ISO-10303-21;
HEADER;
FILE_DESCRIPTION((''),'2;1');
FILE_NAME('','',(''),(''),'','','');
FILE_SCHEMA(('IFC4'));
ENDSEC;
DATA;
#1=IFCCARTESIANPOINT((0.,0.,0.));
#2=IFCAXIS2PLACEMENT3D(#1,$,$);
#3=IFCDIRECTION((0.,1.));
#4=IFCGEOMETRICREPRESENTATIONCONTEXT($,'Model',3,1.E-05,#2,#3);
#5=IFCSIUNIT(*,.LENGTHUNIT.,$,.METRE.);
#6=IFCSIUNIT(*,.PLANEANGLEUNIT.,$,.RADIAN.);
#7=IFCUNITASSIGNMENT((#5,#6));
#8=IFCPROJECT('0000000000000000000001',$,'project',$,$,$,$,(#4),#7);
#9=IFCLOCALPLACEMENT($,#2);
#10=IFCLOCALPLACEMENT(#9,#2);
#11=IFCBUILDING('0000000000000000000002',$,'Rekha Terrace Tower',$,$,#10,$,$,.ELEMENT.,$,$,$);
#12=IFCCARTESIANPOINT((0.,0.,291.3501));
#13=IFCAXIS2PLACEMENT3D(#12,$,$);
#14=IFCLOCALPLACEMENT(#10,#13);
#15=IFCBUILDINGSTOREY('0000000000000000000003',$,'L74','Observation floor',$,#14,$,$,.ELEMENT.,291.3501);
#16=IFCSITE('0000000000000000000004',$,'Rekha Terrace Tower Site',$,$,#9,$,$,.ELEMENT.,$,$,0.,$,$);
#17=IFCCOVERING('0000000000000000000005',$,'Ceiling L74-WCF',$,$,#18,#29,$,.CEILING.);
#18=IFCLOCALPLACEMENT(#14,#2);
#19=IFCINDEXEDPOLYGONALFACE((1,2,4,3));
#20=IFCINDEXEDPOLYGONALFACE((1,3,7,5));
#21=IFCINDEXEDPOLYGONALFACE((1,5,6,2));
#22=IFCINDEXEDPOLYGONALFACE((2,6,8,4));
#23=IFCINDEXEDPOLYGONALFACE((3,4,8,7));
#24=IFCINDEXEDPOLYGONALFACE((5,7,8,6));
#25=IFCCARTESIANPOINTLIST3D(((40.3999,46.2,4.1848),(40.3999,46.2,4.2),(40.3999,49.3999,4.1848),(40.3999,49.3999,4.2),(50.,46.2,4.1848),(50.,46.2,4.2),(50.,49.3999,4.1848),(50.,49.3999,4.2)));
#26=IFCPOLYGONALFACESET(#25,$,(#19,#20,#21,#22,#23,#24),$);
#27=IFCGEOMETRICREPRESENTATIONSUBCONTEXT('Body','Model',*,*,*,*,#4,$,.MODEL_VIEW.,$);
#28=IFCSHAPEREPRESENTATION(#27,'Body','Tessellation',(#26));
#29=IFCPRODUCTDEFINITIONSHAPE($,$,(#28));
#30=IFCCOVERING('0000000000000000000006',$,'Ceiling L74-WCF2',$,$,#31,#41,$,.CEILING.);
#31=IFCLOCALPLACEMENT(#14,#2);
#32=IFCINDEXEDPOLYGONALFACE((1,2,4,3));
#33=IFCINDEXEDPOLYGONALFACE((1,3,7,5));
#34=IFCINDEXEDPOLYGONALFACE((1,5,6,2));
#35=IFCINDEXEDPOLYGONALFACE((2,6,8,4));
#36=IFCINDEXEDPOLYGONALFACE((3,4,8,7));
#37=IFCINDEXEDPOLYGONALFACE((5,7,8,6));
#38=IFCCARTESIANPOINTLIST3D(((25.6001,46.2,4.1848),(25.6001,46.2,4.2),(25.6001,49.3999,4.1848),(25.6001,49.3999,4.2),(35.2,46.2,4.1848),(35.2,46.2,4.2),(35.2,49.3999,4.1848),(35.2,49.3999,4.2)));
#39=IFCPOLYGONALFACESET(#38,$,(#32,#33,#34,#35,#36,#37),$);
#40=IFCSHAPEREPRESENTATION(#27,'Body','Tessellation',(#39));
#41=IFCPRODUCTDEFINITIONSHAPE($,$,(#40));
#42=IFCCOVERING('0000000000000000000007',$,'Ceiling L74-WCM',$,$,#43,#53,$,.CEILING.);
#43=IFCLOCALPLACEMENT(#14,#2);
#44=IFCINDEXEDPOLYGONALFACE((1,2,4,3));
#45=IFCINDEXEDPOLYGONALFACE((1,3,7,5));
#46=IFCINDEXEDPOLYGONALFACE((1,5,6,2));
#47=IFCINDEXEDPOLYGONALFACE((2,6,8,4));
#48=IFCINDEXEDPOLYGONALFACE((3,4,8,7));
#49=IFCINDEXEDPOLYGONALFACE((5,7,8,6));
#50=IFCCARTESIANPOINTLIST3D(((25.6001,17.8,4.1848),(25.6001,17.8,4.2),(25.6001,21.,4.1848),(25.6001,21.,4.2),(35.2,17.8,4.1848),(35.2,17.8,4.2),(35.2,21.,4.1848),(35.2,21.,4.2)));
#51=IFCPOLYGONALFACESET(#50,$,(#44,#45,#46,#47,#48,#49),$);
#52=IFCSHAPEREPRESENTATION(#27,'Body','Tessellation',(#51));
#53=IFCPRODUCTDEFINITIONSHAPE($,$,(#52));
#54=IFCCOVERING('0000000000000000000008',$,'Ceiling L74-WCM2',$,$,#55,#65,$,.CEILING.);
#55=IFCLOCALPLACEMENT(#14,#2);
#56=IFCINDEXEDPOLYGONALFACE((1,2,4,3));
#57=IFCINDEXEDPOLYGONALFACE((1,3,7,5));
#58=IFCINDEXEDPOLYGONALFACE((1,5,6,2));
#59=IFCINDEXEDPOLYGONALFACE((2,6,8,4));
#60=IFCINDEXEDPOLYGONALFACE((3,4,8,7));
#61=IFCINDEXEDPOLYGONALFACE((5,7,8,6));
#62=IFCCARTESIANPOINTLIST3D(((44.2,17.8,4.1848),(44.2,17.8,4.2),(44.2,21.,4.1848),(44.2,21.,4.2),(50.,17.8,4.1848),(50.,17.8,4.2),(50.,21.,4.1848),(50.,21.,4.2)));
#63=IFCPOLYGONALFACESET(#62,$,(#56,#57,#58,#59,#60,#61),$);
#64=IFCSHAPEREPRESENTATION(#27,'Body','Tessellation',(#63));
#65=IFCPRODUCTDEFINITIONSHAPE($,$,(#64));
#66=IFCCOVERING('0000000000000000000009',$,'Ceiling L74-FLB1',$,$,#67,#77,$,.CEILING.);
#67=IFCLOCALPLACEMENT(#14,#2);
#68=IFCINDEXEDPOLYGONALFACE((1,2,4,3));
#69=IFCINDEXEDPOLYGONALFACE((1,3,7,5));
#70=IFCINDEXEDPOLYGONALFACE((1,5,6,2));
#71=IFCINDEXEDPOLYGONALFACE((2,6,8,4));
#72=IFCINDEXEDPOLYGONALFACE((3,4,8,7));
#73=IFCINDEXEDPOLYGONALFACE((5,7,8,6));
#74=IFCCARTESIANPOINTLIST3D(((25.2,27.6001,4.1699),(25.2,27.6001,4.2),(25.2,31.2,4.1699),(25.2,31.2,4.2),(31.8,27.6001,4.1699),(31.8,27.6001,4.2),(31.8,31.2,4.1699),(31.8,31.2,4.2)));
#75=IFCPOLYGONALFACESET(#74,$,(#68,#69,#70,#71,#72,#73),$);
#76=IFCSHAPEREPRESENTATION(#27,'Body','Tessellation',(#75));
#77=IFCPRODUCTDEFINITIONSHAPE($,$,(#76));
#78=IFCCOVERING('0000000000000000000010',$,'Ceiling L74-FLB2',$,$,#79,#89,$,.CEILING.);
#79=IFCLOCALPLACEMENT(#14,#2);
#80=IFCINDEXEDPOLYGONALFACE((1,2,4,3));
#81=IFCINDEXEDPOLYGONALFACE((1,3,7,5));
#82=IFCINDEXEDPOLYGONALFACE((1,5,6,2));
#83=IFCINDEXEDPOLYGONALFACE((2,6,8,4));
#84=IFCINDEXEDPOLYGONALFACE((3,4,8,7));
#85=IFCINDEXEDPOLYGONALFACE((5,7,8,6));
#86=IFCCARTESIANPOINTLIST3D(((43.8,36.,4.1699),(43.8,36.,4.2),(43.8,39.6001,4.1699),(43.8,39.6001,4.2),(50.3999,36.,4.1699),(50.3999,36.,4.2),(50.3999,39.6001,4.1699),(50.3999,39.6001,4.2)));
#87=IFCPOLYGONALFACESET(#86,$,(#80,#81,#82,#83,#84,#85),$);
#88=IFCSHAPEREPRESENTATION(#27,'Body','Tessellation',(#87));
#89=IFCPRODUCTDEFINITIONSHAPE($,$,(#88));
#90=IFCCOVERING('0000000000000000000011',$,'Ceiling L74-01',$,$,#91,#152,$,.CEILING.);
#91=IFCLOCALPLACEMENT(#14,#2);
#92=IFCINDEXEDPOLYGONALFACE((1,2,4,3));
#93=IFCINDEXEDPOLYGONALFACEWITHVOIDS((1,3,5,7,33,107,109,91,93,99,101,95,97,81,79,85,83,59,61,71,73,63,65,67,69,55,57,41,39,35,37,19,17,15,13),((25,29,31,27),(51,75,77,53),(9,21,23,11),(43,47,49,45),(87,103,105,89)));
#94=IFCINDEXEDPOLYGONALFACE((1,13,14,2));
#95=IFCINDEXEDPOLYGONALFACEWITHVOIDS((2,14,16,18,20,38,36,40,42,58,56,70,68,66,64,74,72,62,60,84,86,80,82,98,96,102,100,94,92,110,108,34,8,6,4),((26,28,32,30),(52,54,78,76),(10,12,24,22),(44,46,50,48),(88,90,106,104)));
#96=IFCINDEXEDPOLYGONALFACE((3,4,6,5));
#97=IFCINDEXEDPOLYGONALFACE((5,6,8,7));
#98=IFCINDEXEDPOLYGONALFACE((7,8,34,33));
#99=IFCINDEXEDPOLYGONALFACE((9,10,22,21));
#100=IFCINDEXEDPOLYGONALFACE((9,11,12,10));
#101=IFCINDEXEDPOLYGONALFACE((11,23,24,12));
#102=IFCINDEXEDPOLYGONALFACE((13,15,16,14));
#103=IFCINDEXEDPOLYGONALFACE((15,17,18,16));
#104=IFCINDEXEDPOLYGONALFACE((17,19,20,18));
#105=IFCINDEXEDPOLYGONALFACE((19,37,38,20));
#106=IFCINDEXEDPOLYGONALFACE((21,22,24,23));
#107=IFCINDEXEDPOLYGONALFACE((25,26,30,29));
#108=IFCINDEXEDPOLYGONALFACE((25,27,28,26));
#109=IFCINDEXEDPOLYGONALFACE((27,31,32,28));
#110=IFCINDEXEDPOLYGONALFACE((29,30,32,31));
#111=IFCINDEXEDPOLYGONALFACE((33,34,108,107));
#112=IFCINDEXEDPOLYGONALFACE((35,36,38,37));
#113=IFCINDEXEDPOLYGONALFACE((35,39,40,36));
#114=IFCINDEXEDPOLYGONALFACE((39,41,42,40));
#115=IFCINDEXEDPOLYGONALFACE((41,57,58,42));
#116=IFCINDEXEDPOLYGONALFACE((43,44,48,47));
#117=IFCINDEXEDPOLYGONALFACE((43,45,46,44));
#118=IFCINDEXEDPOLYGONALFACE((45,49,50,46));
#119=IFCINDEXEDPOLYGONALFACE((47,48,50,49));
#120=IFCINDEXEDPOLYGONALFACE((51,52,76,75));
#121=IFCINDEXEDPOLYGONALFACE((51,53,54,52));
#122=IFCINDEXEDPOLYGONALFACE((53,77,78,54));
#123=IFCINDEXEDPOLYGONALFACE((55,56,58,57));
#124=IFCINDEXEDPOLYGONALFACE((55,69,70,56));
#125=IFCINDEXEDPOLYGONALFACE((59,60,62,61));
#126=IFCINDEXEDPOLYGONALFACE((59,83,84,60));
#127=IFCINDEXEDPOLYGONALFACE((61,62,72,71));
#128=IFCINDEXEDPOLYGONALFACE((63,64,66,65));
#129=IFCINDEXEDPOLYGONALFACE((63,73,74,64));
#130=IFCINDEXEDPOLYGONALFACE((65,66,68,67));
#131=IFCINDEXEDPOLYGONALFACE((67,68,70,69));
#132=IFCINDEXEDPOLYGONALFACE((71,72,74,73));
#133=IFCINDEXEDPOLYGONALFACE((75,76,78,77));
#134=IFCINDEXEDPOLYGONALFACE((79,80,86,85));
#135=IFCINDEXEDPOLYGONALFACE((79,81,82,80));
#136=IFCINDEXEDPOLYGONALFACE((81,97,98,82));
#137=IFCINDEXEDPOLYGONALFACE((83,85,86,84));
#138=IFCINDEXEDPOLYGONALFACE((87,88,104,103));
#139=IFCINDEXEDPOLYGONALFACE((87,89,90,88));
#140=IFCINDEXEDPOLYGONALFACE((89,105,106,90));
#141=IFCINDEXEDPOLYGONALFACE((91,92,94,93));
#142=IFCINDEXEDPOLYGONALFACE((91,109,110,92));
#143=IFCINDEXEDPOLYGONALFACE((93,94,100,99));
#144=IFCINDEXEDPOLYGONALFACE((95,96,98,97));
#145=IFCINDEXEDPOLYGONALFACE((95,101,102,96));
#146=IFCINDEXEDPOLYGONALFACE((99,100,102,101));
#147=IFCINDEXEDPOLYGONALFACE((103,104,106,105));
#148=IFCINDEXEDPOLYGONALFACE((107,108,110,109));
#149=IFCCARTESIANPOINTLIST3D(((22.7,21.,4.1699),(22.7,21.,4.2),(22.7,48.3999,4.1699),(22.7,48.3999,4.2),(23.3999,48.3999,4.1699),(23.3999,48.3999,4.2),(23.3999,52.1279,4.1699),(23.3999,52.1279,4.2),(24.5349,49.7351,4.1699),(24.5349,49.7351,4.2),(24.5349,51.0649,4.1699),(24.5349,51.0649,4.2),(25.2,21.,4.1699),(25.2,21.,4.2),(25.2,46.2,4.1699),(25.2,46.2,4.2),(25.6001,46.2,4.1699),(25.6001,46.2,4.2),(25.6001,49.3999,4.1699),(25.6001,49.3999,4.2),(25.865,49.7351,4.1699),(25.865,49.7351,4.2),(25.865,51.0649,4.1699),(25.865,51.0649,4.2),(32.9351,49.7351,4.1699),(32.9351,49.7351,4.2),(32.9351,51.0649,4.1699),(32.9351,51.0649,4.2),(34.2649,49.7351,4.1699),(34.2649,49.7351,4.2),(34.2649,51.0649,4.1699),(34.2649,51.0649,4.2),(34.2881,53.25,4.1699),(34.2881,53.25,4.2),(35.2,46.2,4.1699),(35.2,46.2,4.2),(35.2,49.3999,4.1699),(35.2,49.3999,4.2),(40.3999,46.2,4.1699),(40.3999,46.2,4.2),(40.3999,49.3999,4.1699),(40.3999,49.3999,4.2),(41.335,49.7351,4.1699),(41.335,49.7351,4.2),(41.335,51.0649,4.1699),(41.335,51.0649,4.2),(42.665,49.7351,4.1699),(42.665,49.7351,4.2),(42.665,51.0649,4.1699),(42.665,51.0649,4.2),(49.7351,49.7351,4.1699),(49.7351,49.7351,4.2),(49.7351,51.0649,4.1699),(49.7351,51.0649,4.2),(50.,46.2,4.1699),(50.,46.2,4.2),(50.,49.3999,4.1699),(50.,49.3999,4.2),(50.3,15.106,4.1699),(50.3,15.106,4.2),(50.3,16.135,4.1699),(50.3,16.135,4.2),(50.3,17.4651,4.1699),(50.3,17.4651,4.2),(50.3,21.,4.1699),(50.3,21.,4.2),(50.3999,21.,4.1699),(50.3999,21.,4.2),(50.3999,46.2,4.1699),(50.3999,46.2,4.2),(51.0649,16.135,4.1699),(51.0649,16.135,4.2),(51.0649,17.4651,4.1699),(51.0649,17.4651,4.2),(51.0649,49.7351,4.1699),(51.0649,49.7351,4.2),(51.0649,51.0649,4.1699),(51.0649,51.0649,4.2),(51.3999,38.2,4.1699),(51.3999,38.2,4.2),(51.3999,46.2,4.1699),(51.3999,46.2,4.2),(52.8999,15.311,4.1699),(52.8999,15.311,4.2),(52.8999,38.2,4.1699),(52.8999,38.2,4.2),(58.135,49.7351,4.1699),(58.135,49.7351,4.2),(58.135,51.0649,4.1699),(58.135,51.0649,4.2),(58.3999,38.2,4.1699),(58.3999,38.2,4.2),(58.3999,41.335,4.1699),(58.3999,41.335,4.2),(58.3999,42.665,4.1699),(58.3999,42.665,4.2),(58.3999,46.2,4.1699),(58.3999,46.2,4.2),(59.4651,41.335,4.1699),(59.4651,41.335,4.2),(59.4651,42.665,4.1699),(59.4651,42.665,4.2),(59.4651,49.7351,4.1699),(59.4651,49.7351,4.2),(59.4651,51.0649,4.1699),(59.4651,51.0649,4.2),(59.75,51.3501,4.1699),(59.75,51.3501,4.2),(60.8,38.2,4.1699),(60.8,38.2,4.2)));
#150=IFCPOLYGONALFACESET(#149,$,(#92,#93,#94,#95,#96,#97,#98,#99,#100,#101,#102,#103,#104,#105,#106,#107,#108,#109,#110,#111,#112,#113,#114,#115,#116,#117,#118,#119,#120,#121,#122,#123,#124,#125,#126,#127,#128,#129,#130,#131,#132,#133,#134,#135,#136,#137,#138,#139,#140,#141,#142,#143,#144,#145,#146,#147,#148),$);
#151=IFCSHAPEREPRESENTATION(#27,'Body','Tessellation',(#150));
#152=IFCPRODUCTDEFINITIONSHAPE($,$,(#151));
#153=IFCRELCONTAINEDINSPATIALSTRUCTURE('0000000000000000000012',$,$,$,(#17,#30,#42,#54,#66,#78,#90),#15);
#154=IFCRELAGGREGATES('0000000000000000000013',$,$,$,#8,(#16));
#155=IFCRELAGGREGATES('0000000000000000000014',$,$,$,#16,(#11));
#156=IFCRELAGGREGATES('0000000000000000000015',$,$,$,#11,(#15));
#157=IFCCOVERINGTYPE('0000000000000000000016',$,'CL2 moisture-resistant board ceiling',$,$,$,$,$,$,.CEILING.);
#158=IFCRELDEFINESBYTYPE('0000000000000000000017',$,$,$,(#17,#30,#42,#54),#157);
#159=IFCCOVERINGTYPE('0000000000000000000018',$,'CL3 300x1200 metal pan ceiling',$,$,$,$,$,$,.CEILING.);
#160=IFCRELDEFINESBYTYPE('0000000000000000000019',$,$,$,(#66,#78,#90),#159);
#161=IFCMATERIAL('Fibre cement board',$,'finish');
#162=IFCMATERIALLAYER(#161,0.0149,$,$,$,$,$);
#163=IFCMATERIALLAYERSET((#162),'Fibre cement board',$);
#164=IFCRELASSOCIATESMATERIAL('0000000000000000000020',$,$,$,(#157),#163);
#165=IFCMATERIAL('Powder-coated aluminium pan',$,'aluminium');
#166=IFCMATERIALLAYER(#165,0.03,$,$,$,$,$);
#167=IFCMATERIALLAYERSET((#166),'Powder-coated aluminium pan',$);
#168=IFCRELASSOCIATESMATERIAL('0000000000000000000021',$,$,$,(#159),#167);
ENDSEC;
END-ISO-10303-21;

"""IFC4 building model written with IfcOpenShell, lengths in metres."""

from ifc_helpers import new_model, si_unit, direction, frame, origin, place, context, subcontext, project, spatial, polyline, outline, extrude, material, layer, layer_set, type_object, element, save


model = new_model("IFC4")

# Units and contexts
model_context = context("Model", 3, precision=1e-05, world=origin(), true_north=direction((0.0, 1.0)))
body_context = subcontext(model_context, "Body", "Model", "MODEL_VIEW")
ifc_project = project(units=[si_unit("LENGTHUNIT", "METRE"), si_unit("PLANEANGLEUNIT", "RADIAN")], contexts=[model_context])

# Site, building, storey
site_placement = place(None, origin())
site = spatial("IfcSite", under=ifc_project, at=site_placement, Name="Rekha Terrace Tower Site", CompositionType="ELEMENT", RefElevation=0.0)
building_placement = place(site_placement, origin())
building = spatial("IfcBuilding", under=site, at=building_placement, Name="Rekha Terrace Tower", CompositionType="ELEMENT")
storey_placement = place(building_placement, frame((0.0, 0.0, 291.3501)))
storey = spatial("IfcBuildingStorey", under=building, at=storey_placement, Name="L74", Description="Observation floor", CompositionType="ELEMENT", Elevation=291.3501)

# Coverings
ifc_material_1 = material(Name="Fibre cement board", Category="finish")
ifc_layer_1 = layer(ifc_material_1, 0.0149)
ifc_layer_set_1 = layer_set([ifc_layer_1], Name="Fibre cement board")
covering_type_1 = type_object("IfcCoveringType", Name="CL2 moisture-resistant board ceiling", PredefinedType="CEILING", material=ifc_layer_set_1)
covering_1_placement = place(storey_placement, frame((0.0, 0.0, 4.1848)))
element("IfcCovering", 1, at=covering_1_placement, inside=storey, type_object=covering_type_1, Name="Ceiling L74-WCF", PredefinedType="CEILING", context=body_context, shape_type="SweptSolid", body=[
    extrude(outline(polyline([(50.0, 49.3999), (40.3999, 49.3999), (40.3999, 46.2), (50.0, 46.2), (50.0, 49.3999)])), origin(), (0.0, 0.0, 1.0), 0.0151),
])
covering_2_placement = place(storey_placement, frame((0.0, 0.0, 4.1848)))
element("IfcCovering", 2, at=covering_2_placement, inside=storey, type_object=covering_type_1, Name="Ceiling L74-WCF2", PredefinedType="CEILING", context=body_context, shape_type="SweptSolid", body=[
    extrude(outline(polyline([(35.2, 49.3999), (25.6001, 49.3999), (25.6001, 46.2), (35.2, 46.2), (35.2, 49.3999)])), origin(), (0.0, 0.0, 1.0), 0.0151),
])
covering_3_placement = place(storey_placement, frame((0.0, 0.0, 4.1848)))
element("IfcCovering", 3, at=covering_3_placement, inside=storey, type_object=covering_type_1, Name="Ceiling L74-WCM", PredefinedType="CEILING", context=body_context, shape_type="SweptSolid", body=[
    extrude(outline(polyline([(35.2, 21.0), (25.6001, 21.0), (25.6001, 17.8), (35.2, 17.8), (35.2, 21.0)])), origin(), (0.0, 0.0, 1.0), 0.0151),
])
covering_4_placement = place(storey_placement, frame((0.0, 0.0, 4.1848)))
element("IfcCovering", 4, at=covering_4_placement, inside=storey, type_object=covering_type_1, Name="Ceiling L74-WCM2", PredefinedType="CEILING", context=body_context, shape_type="SweptSolid", body=[
    extrude(outline(polyline([(50.0, 21.0), (44.2, 21.0), (44.2, 17.8), (50.0, 17.8), (50.0, 21.0)])), origin(), (0.0, 0.0, 1.0), 0.0151),
])
ifc_material_2 = material(Name="Powder-coated aluminium pan", Category="aluminium")
ifc_layer_2 = layer(ifc_material_2, 0.03)
ifc_layer_set_2 = layer_set([ifc_layer_2], Name="Powder-coated aluminium pan")
covering_type_2 = type_object("IfcCoveringType", Name="CL3 300x1200 metal pan ceiling", PredefinedType="CEILING", material=ifc_layer_set_2)
covering_5_placement = place(storey_placement, frame((0.0, 0.0, 4.1699)))
element("IfcCovering", 5, at=covering_5_placement, inside=storey, type_object=covering_type_2, Name="Ceiling L74-FLB1", PredefinedType="CEILING", context=body_context, shape_type="SweptSolid", body=[
    extrude(outline(polyline([(31.8, 31.2), (25.2, 31.2), (25.2, 27.6001), (31.8, 27.6001), (31.8, 31.2)])), origin(), (0.0, 0.0, 1.0), 0.03),
])
covering_6_placement = place(storey_placement, frame((0.0, 0.0, 4.1699)))
element("IfcCovering", 6, at=covering_6_placement, inside=storey, type_object=covering_type_2, Name="Ceiling L74-FLB2", PredefinedType="CEILING", context=body_context, shape_type="SweptSolid", body=[
    extrude(outline(polyline([(50.3999, 39.6001), (43.8, 39.6001), (43.8, 36.0), (50.3999, 36.0), (50.3999, 39.6001)])), origin(), (0.0, 0.0, 1.0), 0.03),
])
covering_7_placement = place(storey_placement, frame((0.0, 0.0, 4.1699)))
element("IfcCovering", 7, at=covering_7_placement, inside=storey, type_object=covering_type_2, Name="Ceiling L74-01", PredefinedType="CEILING", context=body_context, shape_type="SweptSolid", body=[
    extrude(outline(polyline([(50.0, 46.2), (50.3999, 46.2), (50.3999, 21.0), (50.3, 21.0), (50.3, 17.4651), (51.0649, 17.4651), (51.0649, 16.135), (50.3, 16.135), (50.3, 15.106), (52.8999, 15.311), (52.8999, 38.2), (51.3999, 38.2), (51.3999, 46.2), (58.3999, 46.2), (58.3999, 42.665), (59.4651, 42.665), (59.4651, 41.335), (58.3999, 41.335), (58.3999, 38.2), (60.8, 38.2), (59.75, 51.3501), (34.2881, 53.25), (23.3999, 52.1279), (23.3999, 48.3999), (22.7, 48.3999), (22.7, 21.0), (25.2, 21.0), (25.2, 46.2), (25.6001, 46.2), (25.6001, 49.3999), (35.2, 49.3999), (35.2, 46.2), (40.3999, 46.2), (40.3999, 49.3999), (50.0, 49.3999), (50.0, 46.2)]), holes=[polyline([(59.4651, 49.7351), (58.135, 49.7351), (58.135, 51.0649), (59.4651, 51.0649), (59.4651, 49.7351)]), polyline([(51.0649, 51.0649), (51.0649, 49.7351), (49.7351, 49.7351), (49.7351, 51.0649), (51.0649, 51.0649)]), polyline([(42.665, 49.7351), (41.335, 49.7351), (41.335, 51.0649), (42.665, 51.0649), (42.665, 49.7351)]), polyline([(34.2649, 49.7351), (32.9351, 49.7351), (32.9351, 51.0649), (34.2649, 51.0649), (34.2649, 49.7351)]), polyline([(25.865, 51.0649), (25.865, 49.7351), (24.5349, 49.7351), (24.5349, 51.0649), (25.865, 51.0649)])]), origin(), (0.0, 0.0, 1.0), 0.03),
])

save(model, "model.ifc")
